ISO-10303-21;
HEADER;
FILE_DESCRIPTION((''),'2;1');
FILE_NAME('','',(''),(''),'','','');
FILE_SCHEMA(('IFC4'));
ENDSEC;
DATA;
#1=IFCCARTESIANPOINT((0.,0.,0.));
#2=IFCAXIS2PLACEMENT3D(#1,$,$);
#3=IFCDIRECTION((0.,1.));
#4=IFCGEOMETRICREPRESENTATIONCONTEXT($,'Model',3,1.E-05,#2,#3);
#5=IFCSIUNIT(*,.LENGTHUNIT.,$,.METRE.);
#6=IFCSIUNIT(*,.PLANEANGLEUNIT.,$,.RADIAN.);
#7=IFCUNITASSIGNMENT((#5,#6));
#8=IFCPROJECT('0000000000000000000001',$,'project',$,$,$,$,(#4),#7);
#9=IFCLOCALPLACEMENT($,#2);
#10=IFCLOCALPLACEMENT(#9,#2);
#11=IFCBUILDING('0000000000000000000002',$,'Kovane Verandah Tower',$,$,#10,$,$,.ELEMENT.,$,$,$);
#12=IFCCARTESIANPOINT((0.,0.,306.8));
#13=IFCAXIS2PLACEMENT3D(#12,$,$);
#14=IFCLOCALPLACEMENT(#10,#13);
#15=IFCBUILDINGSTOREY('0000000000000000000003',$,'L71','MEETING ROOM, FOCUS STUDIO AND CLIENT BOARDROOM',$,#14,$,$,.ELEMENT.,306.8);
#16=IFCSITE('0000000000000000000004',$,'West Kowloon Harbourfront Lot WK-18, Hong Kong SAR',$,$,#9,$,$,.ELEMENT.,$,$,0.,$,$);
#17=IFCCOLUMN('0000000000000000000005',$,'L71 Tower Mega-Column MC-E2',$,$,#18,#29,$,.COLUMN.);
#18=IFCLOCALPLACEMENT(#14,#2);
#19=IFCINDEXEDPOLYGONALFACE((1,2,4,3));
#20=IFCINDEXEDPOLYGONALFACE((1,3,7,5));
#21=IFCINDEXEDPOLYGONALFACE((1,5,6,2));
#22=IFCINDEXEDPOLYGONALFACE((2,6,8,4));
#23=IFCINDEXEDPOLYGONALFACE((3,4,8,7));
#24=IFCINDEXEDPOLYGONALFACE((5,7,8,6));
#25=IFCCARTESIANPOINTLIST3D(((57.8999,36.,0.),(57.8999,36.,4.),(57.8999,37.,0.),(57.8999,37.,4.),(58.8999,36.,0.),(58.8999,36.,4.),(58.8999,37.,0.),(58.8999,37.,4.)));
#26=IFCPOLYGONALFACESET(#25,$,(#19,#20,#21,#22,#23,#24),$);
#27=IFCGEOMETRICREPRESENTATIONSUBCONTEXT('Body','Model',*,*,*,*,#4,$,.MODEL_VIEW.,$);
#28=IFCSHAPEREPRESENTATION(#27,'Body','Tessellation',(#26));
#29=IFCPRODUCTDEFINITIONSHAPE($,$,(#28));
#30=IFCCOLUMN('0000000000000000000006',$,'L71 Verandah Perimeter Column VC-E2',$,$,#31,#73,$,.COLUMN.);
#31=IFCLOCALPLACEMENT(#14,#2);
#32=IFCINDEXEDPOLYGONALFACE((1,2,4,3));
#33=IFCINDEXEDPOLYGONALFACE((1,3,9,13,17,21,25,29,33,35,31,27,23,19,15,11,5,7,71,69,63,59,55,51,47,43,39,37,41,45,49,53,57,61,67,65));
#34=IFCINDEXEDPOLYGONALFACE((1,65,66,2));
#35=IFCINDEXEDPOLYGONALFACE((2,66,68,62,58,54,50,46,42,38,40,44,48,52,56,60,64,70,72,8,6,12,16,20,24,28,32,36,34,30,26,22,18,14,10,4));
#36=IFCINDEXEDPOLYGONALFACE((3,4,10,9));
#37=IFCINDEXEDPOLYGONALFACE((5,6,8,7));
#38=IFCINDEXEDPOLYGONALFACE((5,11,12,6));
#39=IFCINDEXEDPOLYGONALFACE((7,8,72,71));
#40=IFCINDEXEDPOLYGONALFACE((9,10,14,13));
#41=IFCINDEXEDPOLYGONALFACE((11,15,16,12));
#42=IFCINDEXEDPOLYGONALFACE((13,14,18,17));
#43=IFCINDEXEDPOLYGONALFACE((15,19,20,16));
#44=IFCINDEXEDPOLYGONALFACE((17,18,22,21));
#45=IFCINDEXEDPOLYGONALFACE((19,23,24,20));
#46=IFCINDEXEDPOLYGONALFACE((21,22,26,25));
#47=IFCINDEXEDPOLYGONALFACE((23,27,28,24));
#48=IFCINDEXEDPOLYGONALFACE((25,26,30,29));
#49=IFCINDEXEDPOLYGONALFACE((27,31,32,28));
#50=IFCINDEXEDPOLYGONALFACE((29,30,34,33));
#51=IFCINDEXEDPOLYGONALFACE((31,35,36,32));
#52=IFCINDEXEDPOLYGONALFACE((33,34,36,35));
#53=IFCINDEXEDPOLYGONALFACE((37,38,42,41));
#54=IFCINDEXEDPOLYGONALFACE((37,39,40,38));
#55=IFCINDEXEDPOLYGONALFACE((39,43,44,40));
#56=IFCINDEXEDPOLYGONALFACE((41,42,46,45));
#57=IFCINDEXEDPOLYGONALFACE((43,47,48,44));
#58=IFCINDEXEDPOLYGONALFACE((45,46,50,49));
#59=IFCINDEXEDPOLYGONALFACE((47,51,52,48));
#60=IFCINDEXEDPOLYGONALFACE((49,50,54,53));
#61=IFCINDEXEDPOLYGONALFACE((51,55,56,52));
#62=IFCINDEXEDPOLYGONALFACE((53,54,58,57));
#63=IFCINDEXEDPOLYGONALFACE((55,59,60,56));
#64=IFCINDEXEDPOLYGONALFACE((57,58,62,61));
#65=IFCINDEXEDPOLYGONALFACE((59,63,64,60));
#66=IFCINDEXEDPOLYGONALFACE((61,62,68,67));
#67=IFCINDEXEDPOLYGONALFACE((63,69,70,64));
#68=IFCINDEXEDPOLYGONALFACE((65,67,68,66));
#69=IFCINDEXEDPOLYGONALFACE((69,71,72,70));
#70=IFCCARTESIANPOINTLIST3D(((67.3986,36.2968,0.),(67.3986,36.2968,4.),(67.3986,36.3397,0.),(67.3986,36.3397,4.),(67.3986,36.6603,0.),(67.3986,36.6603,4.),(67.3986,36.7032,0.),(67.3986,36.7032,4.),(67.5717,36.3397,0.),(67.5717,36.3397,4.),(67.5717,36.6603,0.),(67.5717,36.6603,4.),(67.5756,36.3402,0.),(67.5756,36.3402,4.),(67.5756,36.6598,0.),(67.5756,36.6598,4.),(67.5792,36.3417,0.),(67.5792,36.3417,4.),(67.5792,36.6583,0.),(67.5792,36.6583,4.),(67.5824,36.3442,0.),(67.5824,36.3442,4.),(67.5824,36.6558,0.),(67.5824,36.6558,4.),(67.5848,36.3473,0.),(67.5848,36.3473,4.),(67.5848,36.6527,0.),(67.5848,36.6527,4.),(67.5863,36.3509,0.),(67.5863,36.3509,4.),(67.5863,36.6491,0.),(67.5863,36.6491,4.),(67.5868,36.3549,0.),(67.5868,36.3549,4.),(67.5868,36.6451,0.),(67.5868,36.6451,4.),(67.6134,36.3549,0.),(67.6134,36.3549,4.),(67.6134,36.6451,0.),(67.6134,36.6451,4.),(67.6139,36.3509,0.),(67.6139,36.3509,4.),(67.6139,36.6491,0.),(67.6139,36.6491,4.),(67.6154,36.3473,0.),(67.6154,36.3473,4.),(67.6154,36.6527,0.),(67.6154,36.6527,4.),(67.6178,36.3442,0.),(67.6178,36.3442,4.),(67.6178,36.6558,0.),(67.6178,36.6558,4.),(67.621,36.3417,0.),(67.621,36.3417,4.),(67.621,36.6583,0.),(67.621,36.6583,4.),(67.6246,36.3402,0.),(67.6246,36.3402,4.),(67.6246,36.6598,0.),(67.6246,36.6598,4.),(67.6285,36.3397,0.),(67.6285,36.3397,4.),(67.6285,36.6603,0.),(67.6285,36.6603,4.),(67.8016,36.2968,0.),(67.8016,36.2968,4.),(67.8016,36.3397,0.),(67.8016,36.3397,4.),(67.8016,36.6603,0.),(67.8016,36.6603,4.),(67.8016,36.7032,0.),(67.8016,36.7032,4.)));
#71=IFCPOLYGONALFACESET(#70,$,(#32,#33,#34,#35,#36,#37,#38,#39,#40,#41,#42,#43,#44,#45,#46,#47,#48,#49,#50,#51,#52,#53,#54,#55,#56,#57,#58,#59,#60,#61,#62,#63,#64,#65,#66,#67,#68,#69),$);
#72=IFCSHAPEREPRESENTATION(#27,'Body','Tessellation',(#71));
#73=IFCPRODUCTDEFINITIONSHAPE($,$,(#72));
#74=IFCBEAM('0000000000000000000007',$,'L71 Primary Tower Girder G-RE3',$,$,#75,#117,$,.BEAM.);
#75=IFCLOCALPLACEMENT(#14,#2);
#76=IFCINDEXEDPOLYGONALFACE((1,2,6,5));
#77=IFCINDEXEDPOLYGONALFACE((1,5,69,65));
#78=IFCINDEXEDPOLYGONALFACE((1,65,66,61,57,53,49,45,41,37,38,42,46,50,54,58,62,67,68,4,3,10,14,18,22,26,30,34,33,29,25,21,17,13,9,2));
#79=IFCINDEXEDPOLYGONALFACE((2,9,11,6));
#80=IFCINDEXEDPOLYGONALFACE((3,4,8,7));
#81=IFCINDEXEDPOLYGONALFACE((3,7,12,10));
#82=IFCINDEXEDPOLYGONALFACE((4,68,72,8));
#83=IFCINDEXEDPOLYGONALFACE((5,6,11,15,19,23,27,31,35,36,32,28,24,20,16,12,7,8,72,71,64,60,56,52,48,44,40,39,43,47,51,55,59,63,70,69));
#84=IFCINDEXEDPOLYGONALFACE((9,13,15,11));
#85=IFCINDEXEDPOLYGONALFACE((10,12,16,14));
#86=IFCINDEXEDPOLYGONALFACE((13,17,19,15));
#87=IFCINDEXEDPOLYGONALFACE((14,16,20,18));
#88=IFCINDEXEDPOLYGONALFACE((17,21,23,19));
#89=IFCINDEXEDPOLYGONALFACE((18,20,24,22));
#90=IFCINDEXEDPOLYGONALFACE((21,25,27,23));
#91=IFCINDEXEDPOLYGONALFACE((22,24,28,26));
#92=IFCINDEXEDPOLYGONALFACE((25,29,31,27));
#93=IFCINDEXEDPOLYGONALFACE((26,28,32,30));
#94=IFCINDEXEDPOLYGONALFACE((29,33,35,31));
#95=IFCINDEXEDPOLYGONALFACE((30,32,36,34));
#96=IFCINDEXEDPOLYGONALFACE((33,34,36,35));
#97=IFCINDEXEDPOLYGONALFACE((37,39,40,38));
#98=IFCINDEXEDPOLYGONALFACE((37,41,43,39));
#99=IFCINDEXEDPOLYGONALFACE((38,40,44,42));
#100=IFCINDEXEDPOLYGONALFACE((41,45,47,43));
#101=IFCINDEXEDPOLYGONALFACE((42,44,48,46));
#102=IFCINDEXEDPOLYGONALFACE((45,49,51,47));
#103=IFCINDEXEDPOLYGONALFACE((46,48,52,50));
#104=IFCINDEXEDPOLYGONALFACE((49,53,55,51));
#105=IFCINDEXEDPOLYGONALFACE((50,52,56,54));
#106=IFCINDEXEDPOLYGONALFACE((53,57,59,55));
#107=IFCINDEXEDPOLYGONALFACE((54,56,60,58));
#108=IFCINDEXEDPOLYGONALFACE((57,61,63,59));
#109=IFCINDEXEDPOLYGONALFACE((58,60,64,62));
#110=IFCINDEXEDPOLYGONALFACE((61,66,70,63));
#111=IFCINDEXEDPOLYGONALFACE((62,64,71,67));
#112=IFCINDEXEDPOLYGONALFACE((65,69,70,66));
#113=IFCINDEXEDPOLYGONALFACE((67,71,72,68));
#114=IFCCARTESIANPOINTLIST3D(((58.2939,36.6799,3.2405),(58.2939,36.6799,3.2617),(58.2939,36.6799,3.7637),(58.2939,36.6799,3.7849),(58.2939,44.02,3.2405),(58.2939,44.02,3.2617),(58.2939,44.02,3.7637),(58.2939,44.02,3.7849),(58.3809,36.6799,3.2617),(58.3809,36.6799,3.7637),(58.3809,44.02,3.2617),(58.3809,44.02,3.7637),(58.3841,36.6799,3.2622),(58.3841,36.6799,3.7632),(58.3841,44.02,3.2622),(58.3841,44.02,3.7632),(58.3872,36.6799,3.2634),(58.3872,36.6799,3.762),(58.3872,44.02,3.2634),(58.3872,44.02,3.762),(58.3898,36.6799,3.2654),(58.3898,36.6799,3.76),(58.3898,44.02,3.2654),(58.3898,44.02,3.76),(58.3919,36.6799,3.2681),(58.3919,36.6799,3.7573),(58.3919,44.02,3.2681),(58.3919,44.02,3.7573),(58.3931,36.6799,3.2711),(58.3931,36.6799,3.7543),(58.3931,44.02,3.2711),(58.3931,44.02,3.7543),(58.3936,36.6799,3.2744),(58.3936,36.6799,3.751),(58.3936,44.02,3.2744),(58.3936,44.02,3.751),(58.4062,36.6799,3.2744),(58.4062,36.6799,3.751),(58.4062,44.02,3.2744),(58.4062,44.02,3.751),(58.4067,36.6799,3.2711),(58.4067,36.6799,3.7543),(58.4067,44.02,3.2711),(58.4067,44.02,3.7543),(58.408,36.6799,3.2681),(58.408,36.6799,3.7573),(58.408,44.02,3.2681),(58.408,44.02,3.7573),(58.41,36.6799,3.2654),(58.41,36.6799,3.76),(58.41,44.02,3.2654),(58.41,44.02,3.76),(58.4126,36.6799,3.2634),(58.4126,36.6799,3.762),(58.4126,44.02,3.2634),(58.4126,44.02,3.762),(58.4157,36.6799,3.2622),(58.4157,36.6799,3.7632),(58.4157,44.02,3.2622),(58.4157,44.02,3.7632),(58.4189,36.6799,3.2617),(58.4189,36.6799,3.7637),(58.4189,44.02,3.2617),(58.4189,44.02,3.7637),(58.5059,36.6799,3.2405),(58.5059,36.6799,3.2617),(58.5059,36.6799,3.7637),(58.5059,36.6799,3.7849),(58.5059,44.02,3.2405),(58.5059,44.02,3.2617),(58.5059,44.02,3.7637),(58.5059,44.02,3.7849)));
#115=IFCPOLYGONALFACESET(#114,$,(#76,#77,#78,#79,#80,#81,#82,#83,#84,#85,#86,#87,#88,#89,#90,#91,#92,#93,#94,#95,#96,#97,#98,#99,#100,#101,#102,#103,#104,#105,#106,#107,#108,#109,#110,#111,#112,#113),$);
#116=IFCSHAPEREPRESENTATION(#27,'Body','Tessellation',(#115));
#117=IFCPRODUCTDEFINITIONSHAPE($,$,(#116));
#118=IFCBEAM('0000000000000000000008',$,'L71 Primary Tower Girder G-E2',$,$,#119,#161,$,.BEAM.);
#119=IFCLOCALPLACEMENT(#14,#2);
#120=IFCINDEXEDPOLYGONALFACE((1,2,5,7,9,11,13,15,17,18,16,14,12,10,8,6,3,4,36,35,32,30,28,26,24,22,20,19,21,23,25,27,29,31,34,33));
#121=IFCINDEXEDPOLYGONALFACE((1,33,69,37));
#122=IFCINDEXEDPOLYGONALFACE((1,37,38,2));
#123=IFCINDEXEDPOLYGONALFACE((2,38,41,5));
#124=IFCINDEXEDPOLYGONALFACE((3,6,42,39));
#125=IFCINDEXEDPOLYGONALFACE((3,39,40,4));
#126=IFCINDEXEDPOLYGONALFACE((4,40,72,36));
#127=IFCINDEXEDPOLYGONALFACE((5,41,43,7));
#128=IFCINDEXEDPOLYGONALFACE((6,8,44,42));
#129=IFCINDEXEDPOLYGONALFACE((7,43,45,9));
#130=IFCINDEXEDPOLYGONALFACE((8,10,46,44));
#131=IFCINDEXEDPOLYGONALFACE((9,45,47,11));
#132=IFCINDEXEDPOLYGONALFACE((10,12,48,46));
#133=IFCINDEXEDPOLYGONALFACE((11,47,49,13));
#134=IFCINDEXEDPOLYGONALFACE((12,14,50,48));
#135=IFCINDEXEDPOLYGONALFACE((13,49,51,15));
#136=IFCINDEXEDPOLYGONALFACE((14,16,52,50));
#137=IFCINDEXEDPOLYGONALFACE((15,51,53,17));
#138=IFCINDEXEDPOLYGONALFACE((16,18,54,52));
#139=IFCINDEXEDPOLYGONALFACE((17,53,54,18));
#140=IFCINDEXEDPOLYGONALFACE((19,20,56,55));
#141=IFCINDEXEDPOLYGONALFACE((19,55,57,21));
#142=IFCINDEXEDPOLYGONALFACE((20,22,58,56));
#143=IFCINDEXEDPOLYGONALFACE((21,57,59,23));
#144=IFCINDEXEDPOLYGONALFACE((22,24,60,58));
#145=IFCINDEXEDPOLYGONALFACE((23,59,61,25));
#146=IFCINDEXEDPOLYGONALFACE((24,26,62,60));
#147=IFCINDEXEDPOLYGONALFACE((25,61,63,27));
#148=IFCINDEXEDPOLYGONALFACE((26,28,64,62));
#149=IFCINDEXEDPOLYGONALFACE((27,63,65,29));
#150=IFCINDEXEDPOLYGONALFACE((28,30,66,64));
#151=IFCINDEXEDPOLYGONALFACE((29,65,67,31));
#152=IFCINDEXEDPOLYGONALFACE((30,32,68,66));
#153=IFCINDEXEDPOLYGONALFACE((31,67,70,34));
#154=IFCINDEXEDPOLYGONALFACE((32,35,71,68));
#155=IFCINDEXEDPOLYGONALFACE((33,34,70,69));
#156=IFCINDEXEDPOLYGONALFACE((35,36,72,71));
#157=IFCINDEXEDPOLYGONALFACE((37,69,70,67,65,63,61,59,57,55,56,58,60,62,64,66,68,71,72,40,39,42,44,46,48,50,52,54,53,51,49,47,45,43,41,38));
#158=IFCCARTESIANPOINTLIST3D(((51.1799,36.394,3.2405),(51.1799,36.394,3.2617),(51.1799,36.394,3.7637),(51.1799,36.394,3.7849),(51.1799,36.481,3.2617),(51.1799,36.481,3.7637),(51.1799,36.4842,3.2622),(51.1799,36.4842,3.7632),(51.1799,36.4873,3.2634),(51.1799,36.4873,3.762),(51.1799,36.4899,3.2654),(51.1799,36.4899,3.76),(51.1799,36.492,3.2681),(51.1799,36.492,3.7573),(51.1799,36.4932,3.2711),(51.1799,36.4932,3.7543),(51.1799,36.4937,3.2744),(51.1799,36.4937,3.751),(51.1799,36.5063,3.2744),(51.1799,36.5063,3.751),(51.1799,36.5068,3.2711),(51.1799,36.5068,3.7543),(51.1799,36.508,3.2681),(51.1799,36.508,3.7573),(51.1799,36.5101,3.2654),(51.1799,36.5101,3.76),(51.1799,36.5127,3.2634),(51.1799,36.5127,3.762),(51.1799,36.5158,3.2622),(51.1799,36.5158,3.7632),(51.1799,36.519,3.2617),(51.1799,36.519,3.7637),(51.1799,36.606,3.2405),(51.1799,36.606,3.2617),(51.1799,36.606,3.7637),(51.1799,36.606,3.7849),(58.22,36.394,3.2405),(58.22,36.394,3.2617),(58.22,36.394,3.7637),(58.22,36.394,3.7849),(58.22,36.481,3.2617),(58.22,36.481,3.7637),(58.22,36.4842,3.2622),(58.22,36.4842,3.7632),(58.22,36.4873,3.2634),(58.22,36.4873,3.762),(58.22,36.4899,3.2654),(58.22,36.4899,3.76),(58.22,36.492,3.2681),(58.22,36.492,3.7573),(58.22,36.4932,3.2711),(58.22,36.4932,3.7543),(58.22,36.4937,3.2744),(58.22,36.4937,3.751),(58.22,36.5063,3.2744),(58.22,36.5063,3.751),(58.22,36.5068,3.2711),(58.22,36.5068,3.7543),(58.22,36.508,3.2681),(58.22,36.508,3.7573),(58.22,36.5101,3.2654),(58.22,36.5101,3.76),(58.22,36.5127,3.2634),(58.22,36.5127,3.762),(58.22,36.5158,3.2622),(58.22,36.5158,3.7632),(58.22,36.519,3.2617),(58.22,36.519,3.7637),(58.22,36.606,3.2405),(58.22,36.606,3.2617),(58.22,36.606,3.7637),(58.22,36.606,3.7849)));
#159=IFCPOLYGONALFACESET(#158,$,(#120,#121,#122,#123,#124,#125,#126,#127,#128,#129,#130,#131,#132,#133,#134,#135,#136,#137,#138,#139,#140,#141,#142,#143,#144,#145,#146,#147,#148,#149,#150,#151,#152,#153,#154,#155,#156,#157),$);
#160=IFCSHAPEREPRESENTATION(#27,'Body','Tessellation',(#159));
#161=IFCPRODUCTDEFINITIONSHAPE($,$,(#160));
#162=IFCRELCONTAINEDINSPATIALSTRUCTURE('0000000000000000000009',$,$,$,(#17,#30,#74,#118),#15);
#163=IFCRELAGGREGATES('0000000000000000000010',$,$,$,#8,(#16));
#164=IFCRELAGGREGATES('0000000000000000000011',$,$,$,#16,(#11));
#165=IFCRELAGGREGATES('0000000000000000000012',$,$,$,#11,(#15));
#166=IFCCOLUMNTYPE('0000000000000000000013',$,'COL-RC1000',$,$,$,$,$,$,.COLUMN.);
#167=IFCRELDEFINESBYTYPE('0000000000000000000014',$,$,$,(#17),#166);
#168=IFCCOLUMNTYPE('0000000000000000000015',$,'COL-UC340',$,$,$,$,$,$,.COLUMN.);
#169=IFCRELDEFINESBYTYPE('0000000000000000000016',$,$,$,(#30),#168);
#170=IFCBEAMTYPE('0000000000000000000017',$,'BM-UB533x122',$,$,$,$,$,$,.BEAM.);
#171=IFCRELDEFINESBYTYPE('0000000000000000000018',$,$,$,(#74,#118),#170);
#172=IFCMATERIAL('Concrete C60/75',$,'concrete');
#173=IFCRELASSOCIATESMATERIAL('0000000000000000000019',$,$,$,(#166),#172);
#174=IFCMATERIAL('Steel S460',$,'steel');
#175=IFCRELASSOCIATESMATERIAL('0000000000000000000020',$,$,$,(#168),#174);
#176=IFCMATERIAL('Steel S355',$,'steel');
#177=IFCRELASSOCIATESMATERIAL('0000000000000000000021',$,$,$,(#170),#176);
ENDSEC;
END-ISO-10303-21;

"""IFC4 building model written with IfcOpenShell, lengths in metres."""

from ifc_helpers import new_model, si_unit, direction, frame, origin, origin_2d, place, context, subcontext, project, spatial, rectangle, i_section, extrude, material, material_profile, profile_set, type_object, element, save


model = new_model("IFC4")

# Units and contexts
model_context = context("Model", 3, precision=1e-05, world=origin(), true_north=direction((0.0, 1.0)))
body_context = subcontext(model_context, "Body", "Model", "MODEL_VIEW")
ifc_project = project(units=[si_unit("LENGTHUNIT", "METRE"), si_unit("PLANEANGLEUNIT", "RADIAN")], contexts=[model_context])

# Site, building, storey
site_placement = place(None, origin())
site = spatial("IfcSite", under=ifc_project, at=site_placement, Name="West Kowloon Harbourfront Lot WK-18, Hong Kong SAR", CompositionType="ELEMENT", RefElevation=0.0)
building_placement = place(site_placement, origin())
building = spatial("IfcBuilding", under=site, at=building_placement, Name="Kovane Verandah Tower", CompositionType="ELEMENT")
storey_placement = place(building_placement, frame((0.0, 0.0, 306.8)))
storey = spatial("IfcBuildingStorey", under=building, at=storey_placement, Name="L71", Description="MEETING ROOM, FOCUS STUDIO AND CLIENT BOARDROOM", CompositionType="ELEMENT", Elevation=306.8)

# Columns
ifc_material_1 = material(Name="Concrete C60/75", Category="concrete")
ifc_material_profile_1 = material_profile(ifc_material_1, rectangle(XDim=1.0, YDim=1.0, at=origin_2d()), Name="RC1000x1000")
ifc_profile_set_1 = profile_set([ifc_material_profile_1], Name="Concrete C60/75")
column_type_1 = type_object("IfcColumnType", Name="COL-RC1000", PredefinedType="COLUMN", material=ifc_profile_set_1)
column_1_placement = place(storey_placement, frame((58.3999, 36.5, 0.0), z_axis=(0.0, 0.0, 1.0), x_axis=(1.0, 0.0, 0.0)))
element("IfcColumn", 1, at=column_1_placement, inside=storey, type_object=column_type_1, Name="L71 Tower Mega-Column MC-E2", PredefinedType="COLUMN", context=body_context, shape_type="SweptSolid", body=[
    extrude(rectangle(XDim=1.0, YDim=1.0, at=origin_2d()), origin(), (0.0, 0.0, 1.0), 4.0),
])
ifc_material_2 = material(Name="Steel S460", Category="steel")
ifc_material_profile_2 = material_profile(ifc_material_2, i_section(OverallWidth=0.4031, OverallDepth=0.4065, WebThickness=0.0266, FlangeThickness=0.043, FilletRadius=0.0151, at=origin_2d()), Name="UC356x406x340")
ifc_profile_set_2 = profile_set([ifc_material_profile_2], Name="Steel S460")
column_type_2 = type_object("IfcColumnType", Name="COL-UC340", PredefinedType="COLUMN", material=ifc_profile_set_2)
column_2_placement = place(storey_placement, frame((67.6001, 36.5, 0.0), z_axis=(0.0, 0.0, 1.0), x_axis=(1.0, 0.0, 0.0)))
element("IfcColumn", 2, at=column_2_placement, inside=storey, type_object=column_type_2, Name="L71 Verandah Perimeter Column VC-E2", PredefinedType="COLUMN", context=body_context, shape_type="SweptSolid", body=[
    extrude(i_section(OverallWidth=0.4031, OverallDepth=0.4065, WebThickness=0.0266, FlangeThickness=0.043, FilletRadius=0.0151, at=origin_2d()), origin(), (0.0, 0.0, 1.0), 4.0),
])

# Beams
ifc_material_3 = material(Name="Steel S355", Category="steel")
ifc_material_profile_3 = material_profile(ifc_material_3, i_section(OverallWidth=0.2119, OverallDepth=0.5444, WebThickness=0.0127, FlangeThickness=0.0212, FilletRadius=0.0127, at=origin_2d()), Name="UB533x210x122")
ifc_profile_set_3 = profile_set([ifc_material_profile_3], Name="Steel S355")
beam_type_1 = type_object("IfcBeamType", Name="BM-UB533x122", PredefinedType="BEAM", material=ifc_profile_set_3)
beam_1_placement = place(storey_placement, frame((58.3999, 36.6799, 3.5127), z_axis=(0.0, 1.0, 0.0), x_axis=(-1.0, 0.0, 0.0)))
element("IfcBeam", 3, at=beam_1_placement, inside=storey, type_object=beam_type_1, Name="L71 Primary Tower Girder G-RE3", PredefinedType="BEAM", context=body_context, shape_type="SweptSolid", body=[
    extrude(i_section(OverallWidth=0.2119, OverallDepth=0.5444, WebThickness=0.0127, FlangeThickness=0.0212, FilletRadius=0.0127, at=origin_2d()), origin(), (0.0, 0.0, 1.0), 7.3401),
])
beam_2_placement = place(storey_placement, frame((51.1799, 36.5, 3.5127), z_axis=(1.0, 0.0, 0.0), x_axis=(0.0, 1.0, 0.0)))
element("IfcBeam", 4, at=beam_2_placement, inside=storey, type_object=beam_type_1, Name="L71 Primary Tower Girder G-E2", PredefinedType="BEAM", context=body_context, shape_type="SweptSolid", body=[
    extrude(i_section(OverallWidth=0.2119, OverallDepth=0.5444, WebThickness=0.0127, FlangeThickness=0.0212, FilletRadius=0.0127, at=origin_2d()), origin(), (0.0, 0.0, 1.0), 7.04),
])

save(model, "model.ifc")
